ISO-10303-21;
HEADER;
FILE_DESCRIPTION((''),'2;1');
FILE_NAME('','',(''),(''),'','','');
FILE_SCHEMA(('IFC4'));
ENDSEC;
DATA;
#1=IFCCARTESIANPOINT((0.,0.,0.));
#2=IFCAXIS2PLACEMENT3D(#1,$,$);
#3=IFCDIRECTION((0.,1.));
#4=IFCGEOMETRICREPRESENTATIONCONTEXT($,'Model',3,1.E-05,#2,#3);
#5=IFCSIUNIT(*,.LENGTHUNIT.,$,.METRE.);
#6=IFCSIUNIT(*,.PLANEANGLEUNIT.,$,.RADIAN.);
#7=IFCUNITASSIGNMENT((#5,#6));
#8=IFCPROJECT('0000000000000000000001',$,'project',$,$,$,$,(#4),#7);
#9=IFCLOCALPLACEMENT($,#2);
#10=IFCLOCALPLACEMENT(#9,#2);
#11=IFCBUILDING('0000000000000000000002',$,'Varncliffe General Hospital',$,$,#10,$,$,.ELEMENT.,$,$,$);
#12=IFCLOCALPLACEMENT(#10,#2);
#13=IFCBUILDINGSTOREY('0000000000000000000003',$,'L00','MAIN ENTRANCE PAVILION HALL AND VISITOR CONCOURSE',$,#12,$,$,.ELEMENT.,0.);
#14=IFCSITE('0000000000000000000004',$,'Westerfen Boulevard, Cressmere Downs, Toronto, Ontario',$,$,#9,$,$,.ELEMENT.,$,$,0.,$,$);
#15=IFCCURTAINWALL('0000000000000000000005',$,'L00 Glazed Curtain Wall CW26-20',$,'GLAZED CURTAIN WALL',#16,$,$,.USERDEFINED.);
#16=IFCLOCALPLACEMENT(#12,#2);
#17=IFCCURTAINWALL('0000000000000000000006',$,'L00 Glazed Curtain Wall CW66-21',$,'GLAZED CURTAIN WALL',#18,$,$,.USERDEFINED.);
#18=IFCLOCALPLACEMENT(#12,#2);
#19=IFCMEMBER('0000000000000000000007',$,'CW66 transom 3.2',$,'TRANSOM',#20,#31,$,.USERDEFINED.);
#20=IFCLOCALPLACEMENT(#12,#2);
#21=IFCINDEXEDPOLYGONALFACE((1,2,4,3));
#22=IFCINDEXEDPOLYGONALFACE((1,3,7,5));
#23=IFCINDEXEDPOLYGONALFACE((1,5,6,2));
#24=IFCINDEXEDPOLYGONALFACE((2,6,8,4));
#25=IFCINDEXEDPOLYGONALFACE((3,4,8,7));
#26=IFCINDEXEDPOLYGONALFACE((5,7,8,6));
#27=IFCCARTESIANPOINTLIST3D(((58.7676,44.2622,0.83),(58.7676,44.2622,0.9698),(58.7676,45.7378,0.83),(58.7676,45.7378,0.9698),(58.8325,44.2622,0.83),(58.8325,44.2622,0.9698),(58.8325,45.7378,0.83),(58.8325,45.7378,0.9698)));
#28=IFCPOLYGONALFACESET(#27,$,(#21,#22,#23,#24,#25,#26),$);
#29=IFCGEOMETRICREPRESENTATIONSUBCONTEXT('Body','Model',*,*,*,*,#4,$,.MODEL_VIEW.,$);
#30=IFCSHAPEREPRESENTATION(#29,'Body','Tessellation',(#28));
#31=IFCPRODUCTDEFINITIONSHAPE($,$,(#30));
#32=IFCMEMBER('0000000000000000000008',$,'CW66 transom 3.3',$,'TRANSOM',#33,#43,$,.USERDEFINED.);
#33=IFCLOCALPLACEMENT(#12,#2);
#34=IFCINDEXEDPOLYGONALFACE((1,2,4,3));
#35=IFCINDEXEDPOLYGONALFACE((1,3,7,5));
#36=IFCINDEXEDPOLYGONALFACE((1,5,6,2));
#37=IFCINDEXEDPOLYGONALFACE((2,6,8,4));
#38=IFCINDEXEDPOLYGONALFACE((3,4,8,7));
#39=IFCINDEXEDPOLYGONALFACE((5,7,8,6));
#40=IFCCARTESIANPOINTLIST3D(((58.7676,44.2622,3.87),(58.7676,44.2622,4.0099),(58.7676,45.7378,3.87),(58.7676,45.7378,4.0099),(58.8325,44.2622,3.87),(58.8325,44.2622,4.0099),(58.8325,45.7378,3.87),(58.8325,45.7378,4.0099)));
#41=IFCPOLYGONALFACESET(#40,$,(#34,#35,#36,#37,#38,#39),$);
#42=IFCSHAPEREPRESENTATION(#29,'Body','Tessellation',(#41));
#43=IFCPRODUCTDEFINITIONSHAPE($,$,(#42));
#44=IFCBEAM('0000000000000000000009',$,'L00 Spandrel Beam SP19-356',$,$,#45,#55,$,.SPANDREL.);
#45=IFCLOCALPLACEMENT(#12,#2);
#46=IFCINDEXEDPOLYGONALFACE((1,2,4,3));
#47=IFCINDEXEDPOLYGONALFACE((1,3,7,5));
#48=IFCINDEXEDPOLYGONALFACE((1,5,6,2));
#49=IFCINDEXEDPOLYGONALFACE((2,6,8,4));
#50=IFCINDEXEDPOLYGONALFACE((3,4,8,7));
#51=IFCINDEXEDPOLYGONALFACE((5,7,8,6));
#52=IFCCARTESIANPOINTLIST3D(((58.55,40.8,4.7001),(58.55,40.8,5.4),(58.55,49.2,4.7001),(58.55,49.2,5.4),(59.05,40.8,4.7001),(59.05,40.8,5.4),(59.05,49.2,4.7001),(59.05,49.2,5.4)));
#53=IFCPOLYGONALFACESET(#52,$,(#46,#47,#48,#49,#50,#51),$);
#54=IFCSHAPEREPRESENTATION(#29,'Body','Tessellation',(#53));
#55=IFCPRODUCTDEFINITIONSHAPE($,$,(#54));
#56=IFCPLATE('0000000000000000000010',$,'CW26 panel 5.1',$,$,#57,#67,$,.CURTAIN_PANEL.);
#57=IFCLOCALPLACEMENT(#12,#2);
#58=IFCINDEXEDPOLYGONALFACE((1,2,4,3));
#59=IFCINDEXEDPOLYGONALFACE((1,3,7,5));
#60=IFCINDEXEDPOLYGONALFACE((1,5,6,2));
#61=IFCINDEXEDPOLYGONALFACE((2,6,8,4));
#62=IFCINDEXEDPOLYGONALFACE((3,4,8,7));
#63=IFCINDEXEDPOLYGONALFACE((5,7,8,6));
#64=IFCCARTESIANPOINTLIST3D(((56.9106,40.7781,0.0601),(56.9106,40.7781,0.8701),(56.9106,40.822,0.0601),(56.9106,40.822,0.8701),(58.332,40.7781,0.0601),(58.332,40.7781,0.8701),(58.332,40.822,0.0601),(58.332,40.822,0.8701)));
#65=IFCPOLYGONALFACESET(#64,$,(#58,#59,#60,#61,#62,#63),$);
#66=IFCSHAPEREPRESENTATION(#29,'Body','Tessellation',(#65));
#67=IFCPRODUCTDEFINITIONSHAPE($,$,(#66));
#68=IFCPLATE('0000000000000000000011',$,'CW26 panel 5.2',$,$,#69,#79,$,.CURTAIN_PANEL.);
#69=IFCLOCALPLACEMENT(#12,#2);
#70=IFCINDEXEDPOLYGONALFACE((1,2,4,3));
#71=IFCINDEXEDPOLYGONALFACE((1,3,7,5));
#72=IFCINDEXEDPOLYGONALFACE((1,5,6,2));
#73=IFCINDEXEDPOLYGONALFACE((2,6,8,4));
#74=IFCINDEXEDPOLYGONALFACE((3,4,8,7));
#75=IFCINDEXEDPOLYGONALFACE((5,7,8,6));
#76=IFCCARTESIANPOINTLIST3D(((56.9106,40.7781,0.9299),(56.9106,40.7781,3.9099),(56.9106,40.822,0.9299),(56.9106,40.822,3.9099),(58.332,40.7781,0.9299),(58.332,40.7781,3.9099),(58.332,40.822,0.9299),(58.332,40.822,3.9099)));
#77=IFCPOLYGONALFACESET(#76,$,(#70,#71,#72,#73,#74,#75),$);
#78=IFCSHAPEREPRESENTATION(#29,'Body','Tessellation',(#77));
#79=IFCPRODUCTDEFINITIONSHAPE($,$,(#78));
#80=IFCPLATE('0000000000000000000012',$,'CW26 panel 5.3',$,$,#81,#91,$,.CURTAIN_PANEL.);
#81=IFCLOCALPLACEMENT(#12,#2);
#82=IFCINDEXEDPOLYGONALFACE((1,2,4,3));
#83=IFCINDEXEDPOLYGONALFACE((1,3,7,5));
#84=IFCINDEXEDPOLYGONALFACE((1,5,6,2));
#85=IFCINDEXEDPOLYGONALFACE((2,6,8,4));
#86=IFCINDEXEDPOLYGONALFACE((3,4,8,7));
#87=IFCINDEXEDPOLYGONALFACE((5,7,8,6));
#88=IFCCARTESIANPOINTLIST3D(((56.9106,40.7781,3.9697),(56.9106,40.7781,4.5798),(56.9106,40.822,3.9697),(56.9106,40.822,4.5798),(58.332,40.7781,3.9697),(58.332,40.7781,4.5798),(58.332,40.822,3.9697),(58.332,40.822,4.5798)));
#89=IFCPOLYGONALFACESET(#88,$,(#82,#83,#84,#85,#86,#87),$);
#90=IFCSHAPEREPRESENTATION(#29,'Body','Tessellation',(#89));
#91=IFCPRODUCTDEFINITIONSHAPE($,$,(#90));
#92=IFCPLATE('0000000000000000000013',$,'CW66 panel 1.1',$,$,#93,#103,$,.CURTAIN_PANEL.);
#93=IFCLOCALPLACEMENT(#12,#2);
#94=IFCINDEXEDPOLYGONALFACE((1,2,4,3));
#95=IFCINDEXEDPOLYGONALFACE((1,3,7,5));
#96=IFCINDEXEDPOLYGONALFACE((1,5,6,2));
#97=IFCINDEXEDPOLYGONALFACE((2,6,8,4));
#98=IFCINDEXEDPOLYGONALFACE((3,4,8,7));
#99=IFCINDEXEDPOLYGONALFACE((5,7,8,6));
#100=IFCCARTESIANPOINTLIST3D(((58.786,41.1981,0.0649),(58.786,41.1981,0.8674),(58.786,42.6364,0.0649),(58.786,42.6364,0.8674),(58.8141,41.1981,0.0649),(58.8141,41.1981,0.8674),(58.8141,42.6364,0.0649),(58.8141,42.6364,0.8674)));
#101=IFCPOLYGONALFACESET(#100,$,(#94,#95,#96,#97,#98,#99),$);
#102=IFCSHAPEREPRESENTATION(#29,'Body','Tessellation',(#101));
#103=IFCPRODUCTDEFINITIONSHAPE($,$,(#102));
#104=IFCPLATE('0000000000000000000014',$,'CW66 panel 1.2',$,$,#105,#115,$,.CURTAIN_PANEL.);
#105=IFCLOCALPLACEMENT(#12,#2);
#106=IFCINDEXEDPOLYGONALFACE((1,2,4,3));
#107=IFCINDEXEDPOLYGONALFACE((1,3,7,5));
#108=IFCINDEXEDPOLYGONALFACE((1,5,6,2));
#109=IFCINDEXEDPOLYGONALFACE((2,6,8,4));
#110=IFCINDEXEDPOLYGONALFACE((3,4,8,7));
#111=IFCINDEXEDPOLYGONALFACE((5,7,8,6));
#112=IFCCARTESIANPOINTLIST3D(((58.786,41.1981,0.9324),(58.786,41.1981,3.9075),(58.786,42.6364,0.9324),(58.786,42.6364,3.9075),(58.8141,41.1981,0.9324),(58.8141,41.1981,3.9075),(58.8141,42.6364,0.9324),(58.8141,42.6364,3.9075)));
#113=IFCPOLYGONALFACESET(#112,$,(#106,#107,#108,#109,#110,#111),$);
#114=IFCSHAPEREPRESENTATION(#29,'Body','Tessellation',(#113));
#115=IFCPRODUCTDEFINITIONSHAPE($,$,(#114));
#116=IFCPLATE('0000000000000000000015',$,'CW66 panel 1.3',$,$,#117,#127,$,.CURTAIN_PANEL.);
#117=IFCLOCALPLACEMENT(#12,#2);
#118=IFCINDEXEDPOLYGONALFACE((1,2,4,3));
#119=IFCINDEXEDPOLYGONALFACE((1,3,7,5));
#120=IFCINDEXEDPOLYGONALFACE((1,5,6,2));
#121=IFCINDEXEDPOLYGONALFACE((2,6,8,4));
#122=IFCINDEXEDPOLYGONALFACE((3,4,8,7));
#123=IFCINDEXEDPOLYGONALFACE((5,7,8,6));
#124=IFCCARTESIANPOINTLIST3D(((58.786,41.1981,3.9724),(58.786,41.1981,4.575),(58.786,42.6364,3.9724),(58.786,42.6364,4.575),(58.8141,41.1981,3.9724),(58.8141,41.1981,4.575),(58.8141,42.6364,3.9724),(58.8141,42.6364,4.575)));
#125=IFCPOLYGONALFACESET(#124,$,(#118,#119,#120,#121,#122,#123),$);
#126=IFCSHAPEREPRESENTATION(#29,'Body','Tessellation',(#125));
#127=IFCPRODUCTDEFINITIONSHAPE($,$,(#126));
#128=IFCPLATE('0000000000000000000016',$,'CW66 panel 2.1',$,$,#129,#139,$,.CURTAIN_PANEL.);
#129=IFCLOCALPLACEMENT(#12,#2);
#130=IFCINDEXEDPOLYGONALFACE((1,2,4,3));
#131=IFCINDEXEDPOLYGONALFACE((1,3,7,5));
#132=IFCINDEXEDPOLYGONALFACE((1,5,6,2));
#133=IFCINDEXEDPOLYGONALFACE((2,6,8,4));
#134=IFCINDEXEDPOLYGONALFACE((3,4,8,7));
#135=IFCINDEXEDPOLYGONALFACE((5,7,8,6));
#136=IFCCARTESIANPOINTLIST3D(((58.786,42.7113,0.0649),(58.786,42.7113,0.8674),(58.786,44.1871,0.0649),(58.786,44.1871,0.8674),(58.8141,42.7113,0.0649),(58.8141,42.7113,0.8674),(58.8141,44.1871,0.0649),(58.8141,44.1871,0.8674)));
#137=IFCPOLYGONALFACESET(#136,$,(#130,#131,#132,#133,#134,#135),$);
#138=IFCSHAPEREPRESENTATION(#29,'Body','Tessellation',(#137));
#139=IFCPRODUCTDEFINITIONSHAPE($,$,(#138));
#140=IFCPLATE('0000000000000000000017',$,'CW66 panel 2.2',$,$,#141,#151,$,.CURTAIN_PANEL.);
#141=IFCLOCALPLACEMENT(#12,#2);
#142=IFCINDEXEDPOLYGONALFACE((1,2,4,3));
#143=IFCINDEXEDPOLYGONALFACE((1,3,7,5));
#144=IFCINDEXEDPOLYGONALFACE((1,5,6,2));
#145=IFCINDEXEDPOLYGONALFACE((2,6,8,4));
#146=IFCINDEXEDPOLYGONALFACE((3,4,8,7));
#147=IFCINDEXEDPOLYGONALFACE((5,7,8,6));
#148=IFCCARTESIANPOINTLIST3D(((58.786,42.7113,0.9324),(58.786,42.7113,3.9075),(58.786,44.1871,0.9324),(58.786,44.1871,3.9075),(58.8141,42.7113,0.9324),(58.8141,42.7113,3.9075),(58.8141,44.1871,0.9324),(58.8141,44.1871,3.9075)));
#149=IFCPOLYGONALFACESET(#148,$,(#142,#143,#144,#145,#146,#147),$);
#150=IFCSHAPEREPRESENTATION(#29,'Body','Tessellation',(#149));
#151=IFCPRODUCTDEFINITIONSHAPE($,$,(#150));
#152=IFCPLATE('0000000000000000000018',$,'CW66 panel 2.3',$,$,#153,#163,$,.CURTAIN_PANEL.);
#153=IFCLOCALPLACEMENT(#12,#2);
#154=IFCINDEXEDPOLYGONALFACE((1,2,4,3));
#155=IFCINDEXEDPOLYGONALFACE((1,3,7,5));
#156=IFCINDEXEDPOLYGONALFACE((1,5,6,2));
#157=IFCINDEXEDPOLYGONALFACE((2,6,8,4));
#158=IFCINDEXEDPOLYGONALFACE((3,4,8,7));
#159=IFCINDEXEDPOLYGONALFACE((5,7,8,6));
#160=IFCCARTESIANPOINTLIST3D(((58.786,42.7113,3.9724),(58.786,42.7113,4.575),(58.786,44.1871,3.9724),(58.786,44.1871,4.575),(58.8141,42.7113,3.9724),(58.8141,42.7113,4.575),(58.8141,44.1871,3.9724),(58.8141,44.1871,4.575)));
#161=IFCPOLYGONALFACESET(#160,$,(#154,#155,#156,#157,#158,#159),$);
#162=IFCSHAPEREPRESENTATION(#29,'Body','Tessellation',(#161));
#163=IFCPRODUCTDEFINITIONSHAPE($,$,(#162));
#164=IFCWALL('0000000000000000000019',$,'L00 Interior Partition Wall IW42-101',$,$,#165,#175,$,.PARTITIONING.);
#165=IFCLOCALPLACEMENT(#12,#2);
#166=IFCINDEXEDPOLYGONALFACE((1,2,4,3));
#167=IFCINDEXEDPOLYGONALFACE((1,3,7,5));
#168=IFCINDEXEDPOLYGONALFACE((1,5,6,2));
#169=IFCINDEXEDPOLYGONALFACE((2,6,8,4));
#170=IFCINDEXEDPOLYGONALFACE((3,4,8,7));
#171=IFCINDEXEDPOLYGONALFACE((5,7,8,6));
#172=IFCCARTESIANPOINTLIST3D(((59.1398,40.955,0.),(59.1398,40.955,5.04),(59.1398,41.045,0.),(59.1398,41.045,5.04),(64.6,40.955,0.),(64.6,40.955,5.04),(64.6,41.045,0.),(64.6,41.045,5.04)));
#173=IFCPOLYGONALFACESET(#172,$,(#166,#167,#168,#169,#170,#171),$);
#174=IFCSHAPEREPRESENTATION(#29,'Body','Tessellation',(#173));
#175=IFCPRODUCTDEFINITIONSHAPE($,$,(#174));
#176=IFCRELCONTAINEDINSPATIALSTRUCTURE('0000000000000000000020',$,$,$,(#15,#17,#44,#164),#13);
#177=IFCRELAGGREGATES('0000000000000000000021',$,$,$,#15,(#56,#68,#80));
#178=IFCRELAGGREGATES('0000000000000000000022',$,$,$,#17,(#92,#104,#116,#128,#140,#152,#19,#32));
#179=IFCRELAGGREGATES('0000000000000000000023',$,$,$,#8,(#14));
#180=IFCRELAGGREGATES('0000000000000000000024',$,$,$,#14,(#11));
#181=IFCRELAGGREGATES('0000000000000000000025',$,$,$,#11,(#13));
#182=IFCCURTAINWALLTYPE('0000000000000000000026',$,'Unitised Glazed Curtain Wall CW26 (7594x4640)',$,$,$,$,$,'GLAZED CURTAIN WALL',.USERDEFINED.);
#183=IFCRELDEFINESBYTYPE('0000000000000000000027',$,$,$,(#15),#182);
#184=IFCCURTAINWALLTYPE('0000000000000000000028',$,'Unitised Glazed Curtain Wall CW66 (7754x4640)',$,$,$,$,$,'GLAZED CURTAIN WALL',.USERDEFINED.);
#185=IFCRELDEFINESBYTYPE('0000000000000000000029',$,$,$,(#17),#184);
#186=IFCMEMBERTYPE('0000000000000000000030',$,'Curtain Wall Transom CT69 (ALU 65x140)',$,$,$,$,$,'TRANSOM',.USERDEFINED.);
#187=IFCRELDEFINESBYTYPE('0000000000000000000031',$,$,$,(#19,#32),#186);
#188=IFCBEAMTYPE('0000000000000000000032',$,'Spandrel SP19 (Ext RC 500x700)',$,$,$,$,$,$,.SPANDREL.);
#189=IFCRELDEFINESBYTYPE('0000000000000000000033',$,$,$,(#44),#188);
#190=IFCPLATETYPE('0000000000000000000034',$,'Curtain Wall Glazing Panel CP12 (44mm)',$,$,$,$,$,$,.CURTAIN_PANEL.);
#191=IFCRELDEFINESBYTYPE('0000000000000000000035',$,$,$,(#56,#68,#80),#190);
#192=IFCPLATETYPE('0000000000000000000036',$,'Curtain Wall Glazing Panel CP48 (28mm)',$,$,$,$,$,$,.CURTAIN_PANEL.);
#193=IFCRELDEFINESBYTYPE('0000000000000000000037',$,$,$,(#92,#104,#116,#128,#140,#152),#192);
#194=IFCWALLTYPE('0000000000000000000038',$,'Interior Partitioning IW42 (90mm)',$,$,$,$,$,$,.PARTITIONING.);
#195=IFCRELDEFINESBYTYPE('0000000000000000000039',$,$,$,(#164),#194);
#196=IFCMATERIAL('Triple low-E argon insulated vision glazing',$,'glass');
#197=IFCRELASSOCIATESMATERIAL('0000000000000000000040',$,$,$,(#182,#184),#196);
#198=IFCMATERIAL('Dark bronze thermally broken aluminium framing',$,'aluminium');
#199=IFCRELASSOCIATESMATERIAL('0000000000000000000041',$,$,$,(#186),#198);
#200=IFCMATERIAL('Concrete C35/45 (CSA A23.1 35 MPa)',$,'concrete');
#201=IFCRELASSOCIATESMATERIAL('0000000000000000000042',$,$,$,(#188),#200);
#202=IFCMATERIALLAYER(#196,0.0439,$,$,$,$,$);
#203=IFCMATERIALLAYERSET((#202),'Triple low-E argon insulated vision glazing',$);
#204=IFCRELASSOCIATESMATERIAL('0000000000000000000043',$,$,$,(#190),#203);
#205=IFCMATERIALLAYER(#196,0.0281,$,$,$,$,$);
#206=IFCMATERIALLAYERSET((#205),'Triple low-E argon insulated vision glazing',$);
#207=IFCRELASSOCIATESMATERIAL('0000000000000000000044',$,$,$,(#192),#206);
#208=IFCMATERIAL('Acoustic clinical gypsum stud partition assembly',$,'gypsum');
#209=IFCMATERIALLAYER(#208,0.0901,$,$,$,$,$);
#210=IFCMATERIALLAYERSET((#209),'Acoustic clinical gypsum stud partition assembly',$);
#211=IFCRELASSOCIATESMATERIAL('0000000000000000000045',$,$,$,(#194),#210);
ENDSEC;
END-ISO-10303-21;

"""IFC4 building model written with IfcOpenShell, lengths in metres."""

from ifc_helpers import new_model, si_unit, direction, frame, frame_2d, origin, origin_2d, place, context, subcontext, project, spatial, rectangle, extrude, material, layer, layer_set, material_profile, profile_set, type_object, element, aggregate, save


model = new_model("IFC4")

# Units and contexts
model_context = context("Model", 3, precision=1e-05, world=origin(), true_north=direction((0.0, 1.0)))
body_context = subcontext(model_context, "Body", "Model", "MODEL_VIEW")
ifc_project = project(units=[si_unit("LENGTHUNIT", "METRE"), si_unit("PLANEANGLEUNIT", "RADIAN")], contexts=[model_context])

# Site, building, storey
site_placement = place(None, origin())
site = spatial("IfcSite", under=ifc_project, at=site_placement, Name="Westerfen Boulevard, Cressmere Downs, Toronto, Ontario", CompositionType="ELEMENT", RefElevation=0.0)
building_placement = place(site_placement, origin())
building = spatial("IfcBuilding", under=site, at=building_placement, Name="Varncliffe General Hospital", CompositionType="ELEMENT")
storey_placement = place(building_placement, origin())
storey = spatial("IfcBuildingStorey", under=building, at=storey_placement, Name="L00", Description="MAIN ENTRANCE PAVILION HALL AND VISITOR CONCOURSE", CompositionType="ELEMENT", Elevation=0.0)

# Curtain wall
ifc_material_1 = material(Name="Triple low-E argon insulated vision glazing", Category="glass")
curtain_wall_type_1 = type_object("IfcCurtainWallType", Name="Unitised Glazed Curtain Wall CW26 (7594x4640)", ElementType="GLAZED CURTAIN WALL", PredefinedType="USERDEFINED", material=ifc_material_1)
curtain_wall_1_placement = place(storey_placement, origin())
curtain_wall_1 = element("IfcCurtainWall", 1, at=curtain_wall_1_placement, inside=storey, type_object=curtain_wall_type_1, Name="L00 Glazed Curtain Wall CW26-20", ObjectType="GLAZED CURTAIN WALL", PredefinedType="USERDEFINED")
ifc_material_2 = material(Name="Dark bronze thermally broken aluminium framing", Category="aluminium")

# Curtain wall, members
curtain_wall_type_2 = type_object("IfcCurtainWallType", Name="Unitised Glazed Curtain Wall CW66 (7754x4640)", ElementType="GLAZED CURTAIN WALL", PredefinedType="USERDEFINED", material=ifc_material_1)
curtain_wall_2_placement = place(storey_placement, origin())
curtain_wall_2 = element("IfcCurtainWall", 2, at=curtain_wall_2_placement, inside=storey, type_object=curtain_wall_type_2, Name="L00 Glazed Curtain Wall CW66-21", ObjectType="GLAZED CURTAIN WALL", PredefinedType="USERDEFINED")
ifc_material_profile_1 = material_profile(ifc_material_2, rectangle(XDim=0.0649, YDim=0.1399, at=origin_2d()), Name="ALU 65x140")
ifc_profile_set_1 = profile_set([ifc_material_profile_1], Name="Dark bronze thermally broken aluminium framing")
member_type_1 = type_object("IfcMemberType", Name="Curtain Wall Transom CT69 (ALU 65x140)", ElementType="TRANSOM", PredefinedType="USERDEFINED", material=ifc_profile_set_1)
member_1_placement = place(storey_placement, frame((58.8, 44.2622, 0.8999), z_axis=(0.0, 1.0, 0.0), x_axis=(-1.0, 0.0, 0.0)))
member_1 = element("IfcMember", 3, at=member_1_placement, type_object=member_type_1, Name="CW66 transom 3.2", ObjectType="TRANSOM", PredefinedType="USERDEFINED", context=body_context, shape_type="SweptSolid", body=[
    extrude(rectangle(XDim=0.0649, YDim=0.1399, at=origin_2d()), origin(), (0.0, 0.0, 1.0), 1.4756),
])
member_2_placement = place(storey_placement, frame((58.8, 44.2622, 3.9399), z_axis=(0.0, 1.0, 0.0), x_axis=(-1.0, 0.0, 0.0)))
member_2 = element("IfcMember", 4, at=member_2_placement, type_object=member_type_1, Name="CW66 transom 3.3", ObjectType="TRANSOM", PredefinedType="USERDEFINED", context=body_context, shape_type="SweptSolid", body=[
    extrude(rectangle(XDim=0.0649, YDim=0.1399, at=origin_2d()), origin(), (0.0, 0.0, 1.0), 1.4756),
])

# Beam
ifc_material_3 = material(Name="Concrete C35/45 (CSA A23.1 35 MPa)", Category="concrete")
ifc_material_profile_2 = material_profile(ifc_material_3, rectangle(XDim=0.5, YDim=0.7, at=origin_2d()), Name="RC 500x700")
ifc_profile_set_2 = profile_set([ifc_material_profile_2], Name="Concrete C35/45 (CSA A23.1 35 MPa)")
beam_type = type_object("IfcBeamType", Name="Spandrel SP19 (Ext RC 500x700)", PredefinedType="SPANDREL", material=ifc_profile_set_2)
beam_placement = place(storey_placement, frame((58.8, 40.8, 5.05), z_axis=(0.0, 1.0, 0.0), x_axis=(-1.0, 0.0, 0.0)))
element("IfcBeam", 5, at=beam_placement, inside=storey, type_object=beam_type, Name="L00 Spandrel Beam SP19-356", PredefinedType="SPANDREL", context=body_context, shape_type="SweptSolid", body=[
    extrude(rectangle(XDim=0.5, YDim=0.7, at=origin_2d()), origin(), (0.0, 0.0, 1.0), 8.3999),
])

# Plates
ifc_layer_1 = layer(ifc_material_1, 0.0439)
ifc_layer_set_1 = layer_set([ifc_layer_1], Name="Triple low-E argon insulated vision glazing")
plate_type_1 = type_object("IfcPlateType", Name="Curtain Wall Glazing Panel CP12 (44mm)", PredefinedType="CURTAIN_PANEL", material=ifc_layer_set_1)
plate_1_placement = place(storey_placement, frame((57.6213, 40.8, 0.0601), z_axis=(0.0, 0.0, 1.0), x_axis=(1.0, 0.0, 0.0)))
plate_1 = element("IfcPlate", 6, at=plate_1_placement, type_object=plate_type_1, Name="CW26 panel 5.1", PredefinedType="CURTAIN_PANEL", context=body_context, shape_type="SweptSolid", body=[
    extrude(rectangle(XDim=1.4214, YDim=0.0439, at=origin_2d()), origin(), (0.0, 0.0, 1.0), 0.8101),
])
plate_2_placement = place(storey_placement, frame((57.6213, 40.8, 0.9299), z_axis=(0.0, 0.0, 1.0), x_axis=(1.0, 0.0, 0.0)))
plate_2 = element("IfcPlate", 7, at=plate_2_placement, type_object=plate_type_1, Name="CW26 panel 5.2", PredefinedType="CURTAIN_PANEL", context=body_context, shape_type="SweptSolid", body=[
    extrude(rectangle(XDim=1.4214, YDim=0.0439, at=origin_2d()), origin(), (0.0, 0.0, 1.0), 2.98),
])
plate_3_placement = place(storey_placement, frame((57.6213, 40.8, 3.9697), z_axis=(0.0, 0.0, 1.0), x_axis=(1.0, 0.0, 0.0)))
plate_3 = element("IfcPlate", 8, at=plate_3_placement, type_object=plate_type_1, Name="CW26 panel 5.3", PredefinedType="CURTAIN_PANEL", context=body_context, shape_type="SweptSolid", body=[
    extrude(rectangle(XDim=1.4214, YDim=0.0439, at=origin_2d()), origin(), (0.0, 0.0, 1.0), 0.6101),
])
aggregate(curtain_wall_1, [plate_1, plate_2, plate_3])
ifc_layer_2 = layer(ifc_material_1, 0.0281)
ifc_layer_set_2 = layer_set([ifc_layer_2], Name="Triple low-E argon insulated vision glazing")
plate_type_2 = type_object("IfcPlateType", Name="Curtain Wall Glazing Panel CP48 (28mm)", PredefinedType="CURTAIN_PANEL", material=ifc_layer_set_2)
plate_4_placement = place(storey_placement, frame((58.8, 41.9172, 0.0649), z_axis=(0.0, 0.0, 1.0), x_axis=(0.0, 1.0, 0.0)))
plate_4 = element("IfcPlate", 9, at=plate_4_placement, type_object=plate_type_2, Name="CW66 panel 1.1", PredefinedType="CURTAIN_PANEL", context=body_context, shape_type="SweptSolid", body=[
    extrude(rectangle(XDim=1.4382, YDim=0.0281, at=origin_2d()), origin(), (0.0, 0.0, 1.0), 0.8025),
])
plate_5_placement = place(storey_placement, frame((58.8, 41.9172, 0.9324), z_axis=(0.0, 0.0, 1.0), x_axis=(0.0, 1.0, 0.0)))
plate_5 = element("IfcPlate", 10, at=plate_5_placement, type_object=plate_type_2, Name="CW66 panel 1.2", PredefinedType="CURTAIN_PANEL", context=body_context, shape_type="SweptSolid", body=[
    extrude(rectangle(XDim=1.4382, YDim=0.0281, at=origin_2d()), origin(), (0.0, 0.0, 1.0), 2.9751),
])
plate_6_placement = place(storey_placement, frame((58.8, 41.9172, 3.9724), z_axis=(0.0, 0.0, 1.0), x_axis=(0.0, 1.0, 0.0)))
plate_6 = element("IfcPlate", 11, at=plate_6_placement, type_object=plate_type_2, Name="CW66 panel 1.3", PredefinedType="CURTAIN_PANEL", context=body_context, shape_type="SweptSolid", body=[
    extrude(rectangle(XDim=1.4382, YDim=0.0281, at=origin_2d()), origin(), (0.0, 0.0, 1.0), 0.6025),
])
plate_7_placement = place(storey_placement, frame((58.8, 43.4492, 0.0649), z_axis=(0.0, 0.0, 1.0), x_axis=(0.0, 1.0, 0.0)))
plate_7 = element("IfcPlate", 12, at=plate_7_placement, type_object=plate_type_2, Name="CW66 panel 2.1", PredefinedType="CURTAIN_PANEL", context=body_context, shape_type="SweptSolid", body=[
    extrude(rectangle(XDim=1.4758, YDim=0.0281, at=origin_2d()), origin(), (0.0, 0.0, 1.0), 0.8025),
])
plate_8_placement = place(storey_placement, frame((58.8, 43.4492, 0.9324), z_axis=(0.0, 0.0, 1.0), x_axis=(0.0, 1.0, 0.0)))
plate_8 = element("IfcPlate", 13, at=plate_8_placement, type_object=plate_type_2, Name="CW66 panel 2.2", PredefinedType="CURTAIN_PANEL", context=body_context, shape_type="SweptSolid", body=[
    extrude(rectangle(XDim=1.4758, YDim=0.0281, at=origin_2d()), origin(), (0.0, 0.0, 1.0), 2.9751),
])
plate_9_placement = place(storey_placement, frame((58.8, 43.4492, 3.9724), z_axis=(0.0, 0.0, 1.0), x_axis=(0.0, 1.0, 0.0)))
plate_9 = element("IfcPlate", 14, at=plate_9_placement, type_object=plate_type_2, Name="CW66 panel 2.3", PredefinedType="CURTAIN_PANEL", context=body_context, shape_type="SweptSolid", body=[
    extrude(rectangle(XDim=1.4758, YDim=0.0281, at=origin_2d()), origin(), (0.0, 0.0, 1.0), 0.6025),
])
aggregate(curtain_wall_2, [plate_4, plate_5, plate_6, plate_7, plate_8, plate_9, member_1, member_2])

# Wall
ifc_material_4 = material(Name="Acoustic clinical gypsum stud partition assembly", Category="gypsum")
ifc_layer_3 = layer(ifc_material_4, 0.0901)
ifc_layer_set_3 = layer_set([ifc_layer_3], Name="Acoustic clinical gypsum stud partition assembly")
wall_type_1 = type_object("IfcWallType", Name="Interior Partitioning IW42 (90mm)", PredefinedType="PARTITIONING", material=ifc_layer_set_3)
wall_1_placement = place(storey_placement, frame((59.1399, 41.0, 0.0), z_axis=(0.0, 0.0, 1.0), x_axis=(1.0, 0.0, 0.0)))
element("IfcWall", 15, at=wall_1_placement, inside=storey, type_object=wall_type_1, Name="L00 Interior Partition Wall IW42-101", PredefinedType="PARTITIONING", context=body_context, shape_type="SweptSolid", body=[
    extrude(rectangle(XDim=5.4602, YDim=0.0901, at=frame_2d((2.73, 0.0))), origin(), (0.0, 0.0, 1.0), 5.04),
])

save(model, "model.ifc")
